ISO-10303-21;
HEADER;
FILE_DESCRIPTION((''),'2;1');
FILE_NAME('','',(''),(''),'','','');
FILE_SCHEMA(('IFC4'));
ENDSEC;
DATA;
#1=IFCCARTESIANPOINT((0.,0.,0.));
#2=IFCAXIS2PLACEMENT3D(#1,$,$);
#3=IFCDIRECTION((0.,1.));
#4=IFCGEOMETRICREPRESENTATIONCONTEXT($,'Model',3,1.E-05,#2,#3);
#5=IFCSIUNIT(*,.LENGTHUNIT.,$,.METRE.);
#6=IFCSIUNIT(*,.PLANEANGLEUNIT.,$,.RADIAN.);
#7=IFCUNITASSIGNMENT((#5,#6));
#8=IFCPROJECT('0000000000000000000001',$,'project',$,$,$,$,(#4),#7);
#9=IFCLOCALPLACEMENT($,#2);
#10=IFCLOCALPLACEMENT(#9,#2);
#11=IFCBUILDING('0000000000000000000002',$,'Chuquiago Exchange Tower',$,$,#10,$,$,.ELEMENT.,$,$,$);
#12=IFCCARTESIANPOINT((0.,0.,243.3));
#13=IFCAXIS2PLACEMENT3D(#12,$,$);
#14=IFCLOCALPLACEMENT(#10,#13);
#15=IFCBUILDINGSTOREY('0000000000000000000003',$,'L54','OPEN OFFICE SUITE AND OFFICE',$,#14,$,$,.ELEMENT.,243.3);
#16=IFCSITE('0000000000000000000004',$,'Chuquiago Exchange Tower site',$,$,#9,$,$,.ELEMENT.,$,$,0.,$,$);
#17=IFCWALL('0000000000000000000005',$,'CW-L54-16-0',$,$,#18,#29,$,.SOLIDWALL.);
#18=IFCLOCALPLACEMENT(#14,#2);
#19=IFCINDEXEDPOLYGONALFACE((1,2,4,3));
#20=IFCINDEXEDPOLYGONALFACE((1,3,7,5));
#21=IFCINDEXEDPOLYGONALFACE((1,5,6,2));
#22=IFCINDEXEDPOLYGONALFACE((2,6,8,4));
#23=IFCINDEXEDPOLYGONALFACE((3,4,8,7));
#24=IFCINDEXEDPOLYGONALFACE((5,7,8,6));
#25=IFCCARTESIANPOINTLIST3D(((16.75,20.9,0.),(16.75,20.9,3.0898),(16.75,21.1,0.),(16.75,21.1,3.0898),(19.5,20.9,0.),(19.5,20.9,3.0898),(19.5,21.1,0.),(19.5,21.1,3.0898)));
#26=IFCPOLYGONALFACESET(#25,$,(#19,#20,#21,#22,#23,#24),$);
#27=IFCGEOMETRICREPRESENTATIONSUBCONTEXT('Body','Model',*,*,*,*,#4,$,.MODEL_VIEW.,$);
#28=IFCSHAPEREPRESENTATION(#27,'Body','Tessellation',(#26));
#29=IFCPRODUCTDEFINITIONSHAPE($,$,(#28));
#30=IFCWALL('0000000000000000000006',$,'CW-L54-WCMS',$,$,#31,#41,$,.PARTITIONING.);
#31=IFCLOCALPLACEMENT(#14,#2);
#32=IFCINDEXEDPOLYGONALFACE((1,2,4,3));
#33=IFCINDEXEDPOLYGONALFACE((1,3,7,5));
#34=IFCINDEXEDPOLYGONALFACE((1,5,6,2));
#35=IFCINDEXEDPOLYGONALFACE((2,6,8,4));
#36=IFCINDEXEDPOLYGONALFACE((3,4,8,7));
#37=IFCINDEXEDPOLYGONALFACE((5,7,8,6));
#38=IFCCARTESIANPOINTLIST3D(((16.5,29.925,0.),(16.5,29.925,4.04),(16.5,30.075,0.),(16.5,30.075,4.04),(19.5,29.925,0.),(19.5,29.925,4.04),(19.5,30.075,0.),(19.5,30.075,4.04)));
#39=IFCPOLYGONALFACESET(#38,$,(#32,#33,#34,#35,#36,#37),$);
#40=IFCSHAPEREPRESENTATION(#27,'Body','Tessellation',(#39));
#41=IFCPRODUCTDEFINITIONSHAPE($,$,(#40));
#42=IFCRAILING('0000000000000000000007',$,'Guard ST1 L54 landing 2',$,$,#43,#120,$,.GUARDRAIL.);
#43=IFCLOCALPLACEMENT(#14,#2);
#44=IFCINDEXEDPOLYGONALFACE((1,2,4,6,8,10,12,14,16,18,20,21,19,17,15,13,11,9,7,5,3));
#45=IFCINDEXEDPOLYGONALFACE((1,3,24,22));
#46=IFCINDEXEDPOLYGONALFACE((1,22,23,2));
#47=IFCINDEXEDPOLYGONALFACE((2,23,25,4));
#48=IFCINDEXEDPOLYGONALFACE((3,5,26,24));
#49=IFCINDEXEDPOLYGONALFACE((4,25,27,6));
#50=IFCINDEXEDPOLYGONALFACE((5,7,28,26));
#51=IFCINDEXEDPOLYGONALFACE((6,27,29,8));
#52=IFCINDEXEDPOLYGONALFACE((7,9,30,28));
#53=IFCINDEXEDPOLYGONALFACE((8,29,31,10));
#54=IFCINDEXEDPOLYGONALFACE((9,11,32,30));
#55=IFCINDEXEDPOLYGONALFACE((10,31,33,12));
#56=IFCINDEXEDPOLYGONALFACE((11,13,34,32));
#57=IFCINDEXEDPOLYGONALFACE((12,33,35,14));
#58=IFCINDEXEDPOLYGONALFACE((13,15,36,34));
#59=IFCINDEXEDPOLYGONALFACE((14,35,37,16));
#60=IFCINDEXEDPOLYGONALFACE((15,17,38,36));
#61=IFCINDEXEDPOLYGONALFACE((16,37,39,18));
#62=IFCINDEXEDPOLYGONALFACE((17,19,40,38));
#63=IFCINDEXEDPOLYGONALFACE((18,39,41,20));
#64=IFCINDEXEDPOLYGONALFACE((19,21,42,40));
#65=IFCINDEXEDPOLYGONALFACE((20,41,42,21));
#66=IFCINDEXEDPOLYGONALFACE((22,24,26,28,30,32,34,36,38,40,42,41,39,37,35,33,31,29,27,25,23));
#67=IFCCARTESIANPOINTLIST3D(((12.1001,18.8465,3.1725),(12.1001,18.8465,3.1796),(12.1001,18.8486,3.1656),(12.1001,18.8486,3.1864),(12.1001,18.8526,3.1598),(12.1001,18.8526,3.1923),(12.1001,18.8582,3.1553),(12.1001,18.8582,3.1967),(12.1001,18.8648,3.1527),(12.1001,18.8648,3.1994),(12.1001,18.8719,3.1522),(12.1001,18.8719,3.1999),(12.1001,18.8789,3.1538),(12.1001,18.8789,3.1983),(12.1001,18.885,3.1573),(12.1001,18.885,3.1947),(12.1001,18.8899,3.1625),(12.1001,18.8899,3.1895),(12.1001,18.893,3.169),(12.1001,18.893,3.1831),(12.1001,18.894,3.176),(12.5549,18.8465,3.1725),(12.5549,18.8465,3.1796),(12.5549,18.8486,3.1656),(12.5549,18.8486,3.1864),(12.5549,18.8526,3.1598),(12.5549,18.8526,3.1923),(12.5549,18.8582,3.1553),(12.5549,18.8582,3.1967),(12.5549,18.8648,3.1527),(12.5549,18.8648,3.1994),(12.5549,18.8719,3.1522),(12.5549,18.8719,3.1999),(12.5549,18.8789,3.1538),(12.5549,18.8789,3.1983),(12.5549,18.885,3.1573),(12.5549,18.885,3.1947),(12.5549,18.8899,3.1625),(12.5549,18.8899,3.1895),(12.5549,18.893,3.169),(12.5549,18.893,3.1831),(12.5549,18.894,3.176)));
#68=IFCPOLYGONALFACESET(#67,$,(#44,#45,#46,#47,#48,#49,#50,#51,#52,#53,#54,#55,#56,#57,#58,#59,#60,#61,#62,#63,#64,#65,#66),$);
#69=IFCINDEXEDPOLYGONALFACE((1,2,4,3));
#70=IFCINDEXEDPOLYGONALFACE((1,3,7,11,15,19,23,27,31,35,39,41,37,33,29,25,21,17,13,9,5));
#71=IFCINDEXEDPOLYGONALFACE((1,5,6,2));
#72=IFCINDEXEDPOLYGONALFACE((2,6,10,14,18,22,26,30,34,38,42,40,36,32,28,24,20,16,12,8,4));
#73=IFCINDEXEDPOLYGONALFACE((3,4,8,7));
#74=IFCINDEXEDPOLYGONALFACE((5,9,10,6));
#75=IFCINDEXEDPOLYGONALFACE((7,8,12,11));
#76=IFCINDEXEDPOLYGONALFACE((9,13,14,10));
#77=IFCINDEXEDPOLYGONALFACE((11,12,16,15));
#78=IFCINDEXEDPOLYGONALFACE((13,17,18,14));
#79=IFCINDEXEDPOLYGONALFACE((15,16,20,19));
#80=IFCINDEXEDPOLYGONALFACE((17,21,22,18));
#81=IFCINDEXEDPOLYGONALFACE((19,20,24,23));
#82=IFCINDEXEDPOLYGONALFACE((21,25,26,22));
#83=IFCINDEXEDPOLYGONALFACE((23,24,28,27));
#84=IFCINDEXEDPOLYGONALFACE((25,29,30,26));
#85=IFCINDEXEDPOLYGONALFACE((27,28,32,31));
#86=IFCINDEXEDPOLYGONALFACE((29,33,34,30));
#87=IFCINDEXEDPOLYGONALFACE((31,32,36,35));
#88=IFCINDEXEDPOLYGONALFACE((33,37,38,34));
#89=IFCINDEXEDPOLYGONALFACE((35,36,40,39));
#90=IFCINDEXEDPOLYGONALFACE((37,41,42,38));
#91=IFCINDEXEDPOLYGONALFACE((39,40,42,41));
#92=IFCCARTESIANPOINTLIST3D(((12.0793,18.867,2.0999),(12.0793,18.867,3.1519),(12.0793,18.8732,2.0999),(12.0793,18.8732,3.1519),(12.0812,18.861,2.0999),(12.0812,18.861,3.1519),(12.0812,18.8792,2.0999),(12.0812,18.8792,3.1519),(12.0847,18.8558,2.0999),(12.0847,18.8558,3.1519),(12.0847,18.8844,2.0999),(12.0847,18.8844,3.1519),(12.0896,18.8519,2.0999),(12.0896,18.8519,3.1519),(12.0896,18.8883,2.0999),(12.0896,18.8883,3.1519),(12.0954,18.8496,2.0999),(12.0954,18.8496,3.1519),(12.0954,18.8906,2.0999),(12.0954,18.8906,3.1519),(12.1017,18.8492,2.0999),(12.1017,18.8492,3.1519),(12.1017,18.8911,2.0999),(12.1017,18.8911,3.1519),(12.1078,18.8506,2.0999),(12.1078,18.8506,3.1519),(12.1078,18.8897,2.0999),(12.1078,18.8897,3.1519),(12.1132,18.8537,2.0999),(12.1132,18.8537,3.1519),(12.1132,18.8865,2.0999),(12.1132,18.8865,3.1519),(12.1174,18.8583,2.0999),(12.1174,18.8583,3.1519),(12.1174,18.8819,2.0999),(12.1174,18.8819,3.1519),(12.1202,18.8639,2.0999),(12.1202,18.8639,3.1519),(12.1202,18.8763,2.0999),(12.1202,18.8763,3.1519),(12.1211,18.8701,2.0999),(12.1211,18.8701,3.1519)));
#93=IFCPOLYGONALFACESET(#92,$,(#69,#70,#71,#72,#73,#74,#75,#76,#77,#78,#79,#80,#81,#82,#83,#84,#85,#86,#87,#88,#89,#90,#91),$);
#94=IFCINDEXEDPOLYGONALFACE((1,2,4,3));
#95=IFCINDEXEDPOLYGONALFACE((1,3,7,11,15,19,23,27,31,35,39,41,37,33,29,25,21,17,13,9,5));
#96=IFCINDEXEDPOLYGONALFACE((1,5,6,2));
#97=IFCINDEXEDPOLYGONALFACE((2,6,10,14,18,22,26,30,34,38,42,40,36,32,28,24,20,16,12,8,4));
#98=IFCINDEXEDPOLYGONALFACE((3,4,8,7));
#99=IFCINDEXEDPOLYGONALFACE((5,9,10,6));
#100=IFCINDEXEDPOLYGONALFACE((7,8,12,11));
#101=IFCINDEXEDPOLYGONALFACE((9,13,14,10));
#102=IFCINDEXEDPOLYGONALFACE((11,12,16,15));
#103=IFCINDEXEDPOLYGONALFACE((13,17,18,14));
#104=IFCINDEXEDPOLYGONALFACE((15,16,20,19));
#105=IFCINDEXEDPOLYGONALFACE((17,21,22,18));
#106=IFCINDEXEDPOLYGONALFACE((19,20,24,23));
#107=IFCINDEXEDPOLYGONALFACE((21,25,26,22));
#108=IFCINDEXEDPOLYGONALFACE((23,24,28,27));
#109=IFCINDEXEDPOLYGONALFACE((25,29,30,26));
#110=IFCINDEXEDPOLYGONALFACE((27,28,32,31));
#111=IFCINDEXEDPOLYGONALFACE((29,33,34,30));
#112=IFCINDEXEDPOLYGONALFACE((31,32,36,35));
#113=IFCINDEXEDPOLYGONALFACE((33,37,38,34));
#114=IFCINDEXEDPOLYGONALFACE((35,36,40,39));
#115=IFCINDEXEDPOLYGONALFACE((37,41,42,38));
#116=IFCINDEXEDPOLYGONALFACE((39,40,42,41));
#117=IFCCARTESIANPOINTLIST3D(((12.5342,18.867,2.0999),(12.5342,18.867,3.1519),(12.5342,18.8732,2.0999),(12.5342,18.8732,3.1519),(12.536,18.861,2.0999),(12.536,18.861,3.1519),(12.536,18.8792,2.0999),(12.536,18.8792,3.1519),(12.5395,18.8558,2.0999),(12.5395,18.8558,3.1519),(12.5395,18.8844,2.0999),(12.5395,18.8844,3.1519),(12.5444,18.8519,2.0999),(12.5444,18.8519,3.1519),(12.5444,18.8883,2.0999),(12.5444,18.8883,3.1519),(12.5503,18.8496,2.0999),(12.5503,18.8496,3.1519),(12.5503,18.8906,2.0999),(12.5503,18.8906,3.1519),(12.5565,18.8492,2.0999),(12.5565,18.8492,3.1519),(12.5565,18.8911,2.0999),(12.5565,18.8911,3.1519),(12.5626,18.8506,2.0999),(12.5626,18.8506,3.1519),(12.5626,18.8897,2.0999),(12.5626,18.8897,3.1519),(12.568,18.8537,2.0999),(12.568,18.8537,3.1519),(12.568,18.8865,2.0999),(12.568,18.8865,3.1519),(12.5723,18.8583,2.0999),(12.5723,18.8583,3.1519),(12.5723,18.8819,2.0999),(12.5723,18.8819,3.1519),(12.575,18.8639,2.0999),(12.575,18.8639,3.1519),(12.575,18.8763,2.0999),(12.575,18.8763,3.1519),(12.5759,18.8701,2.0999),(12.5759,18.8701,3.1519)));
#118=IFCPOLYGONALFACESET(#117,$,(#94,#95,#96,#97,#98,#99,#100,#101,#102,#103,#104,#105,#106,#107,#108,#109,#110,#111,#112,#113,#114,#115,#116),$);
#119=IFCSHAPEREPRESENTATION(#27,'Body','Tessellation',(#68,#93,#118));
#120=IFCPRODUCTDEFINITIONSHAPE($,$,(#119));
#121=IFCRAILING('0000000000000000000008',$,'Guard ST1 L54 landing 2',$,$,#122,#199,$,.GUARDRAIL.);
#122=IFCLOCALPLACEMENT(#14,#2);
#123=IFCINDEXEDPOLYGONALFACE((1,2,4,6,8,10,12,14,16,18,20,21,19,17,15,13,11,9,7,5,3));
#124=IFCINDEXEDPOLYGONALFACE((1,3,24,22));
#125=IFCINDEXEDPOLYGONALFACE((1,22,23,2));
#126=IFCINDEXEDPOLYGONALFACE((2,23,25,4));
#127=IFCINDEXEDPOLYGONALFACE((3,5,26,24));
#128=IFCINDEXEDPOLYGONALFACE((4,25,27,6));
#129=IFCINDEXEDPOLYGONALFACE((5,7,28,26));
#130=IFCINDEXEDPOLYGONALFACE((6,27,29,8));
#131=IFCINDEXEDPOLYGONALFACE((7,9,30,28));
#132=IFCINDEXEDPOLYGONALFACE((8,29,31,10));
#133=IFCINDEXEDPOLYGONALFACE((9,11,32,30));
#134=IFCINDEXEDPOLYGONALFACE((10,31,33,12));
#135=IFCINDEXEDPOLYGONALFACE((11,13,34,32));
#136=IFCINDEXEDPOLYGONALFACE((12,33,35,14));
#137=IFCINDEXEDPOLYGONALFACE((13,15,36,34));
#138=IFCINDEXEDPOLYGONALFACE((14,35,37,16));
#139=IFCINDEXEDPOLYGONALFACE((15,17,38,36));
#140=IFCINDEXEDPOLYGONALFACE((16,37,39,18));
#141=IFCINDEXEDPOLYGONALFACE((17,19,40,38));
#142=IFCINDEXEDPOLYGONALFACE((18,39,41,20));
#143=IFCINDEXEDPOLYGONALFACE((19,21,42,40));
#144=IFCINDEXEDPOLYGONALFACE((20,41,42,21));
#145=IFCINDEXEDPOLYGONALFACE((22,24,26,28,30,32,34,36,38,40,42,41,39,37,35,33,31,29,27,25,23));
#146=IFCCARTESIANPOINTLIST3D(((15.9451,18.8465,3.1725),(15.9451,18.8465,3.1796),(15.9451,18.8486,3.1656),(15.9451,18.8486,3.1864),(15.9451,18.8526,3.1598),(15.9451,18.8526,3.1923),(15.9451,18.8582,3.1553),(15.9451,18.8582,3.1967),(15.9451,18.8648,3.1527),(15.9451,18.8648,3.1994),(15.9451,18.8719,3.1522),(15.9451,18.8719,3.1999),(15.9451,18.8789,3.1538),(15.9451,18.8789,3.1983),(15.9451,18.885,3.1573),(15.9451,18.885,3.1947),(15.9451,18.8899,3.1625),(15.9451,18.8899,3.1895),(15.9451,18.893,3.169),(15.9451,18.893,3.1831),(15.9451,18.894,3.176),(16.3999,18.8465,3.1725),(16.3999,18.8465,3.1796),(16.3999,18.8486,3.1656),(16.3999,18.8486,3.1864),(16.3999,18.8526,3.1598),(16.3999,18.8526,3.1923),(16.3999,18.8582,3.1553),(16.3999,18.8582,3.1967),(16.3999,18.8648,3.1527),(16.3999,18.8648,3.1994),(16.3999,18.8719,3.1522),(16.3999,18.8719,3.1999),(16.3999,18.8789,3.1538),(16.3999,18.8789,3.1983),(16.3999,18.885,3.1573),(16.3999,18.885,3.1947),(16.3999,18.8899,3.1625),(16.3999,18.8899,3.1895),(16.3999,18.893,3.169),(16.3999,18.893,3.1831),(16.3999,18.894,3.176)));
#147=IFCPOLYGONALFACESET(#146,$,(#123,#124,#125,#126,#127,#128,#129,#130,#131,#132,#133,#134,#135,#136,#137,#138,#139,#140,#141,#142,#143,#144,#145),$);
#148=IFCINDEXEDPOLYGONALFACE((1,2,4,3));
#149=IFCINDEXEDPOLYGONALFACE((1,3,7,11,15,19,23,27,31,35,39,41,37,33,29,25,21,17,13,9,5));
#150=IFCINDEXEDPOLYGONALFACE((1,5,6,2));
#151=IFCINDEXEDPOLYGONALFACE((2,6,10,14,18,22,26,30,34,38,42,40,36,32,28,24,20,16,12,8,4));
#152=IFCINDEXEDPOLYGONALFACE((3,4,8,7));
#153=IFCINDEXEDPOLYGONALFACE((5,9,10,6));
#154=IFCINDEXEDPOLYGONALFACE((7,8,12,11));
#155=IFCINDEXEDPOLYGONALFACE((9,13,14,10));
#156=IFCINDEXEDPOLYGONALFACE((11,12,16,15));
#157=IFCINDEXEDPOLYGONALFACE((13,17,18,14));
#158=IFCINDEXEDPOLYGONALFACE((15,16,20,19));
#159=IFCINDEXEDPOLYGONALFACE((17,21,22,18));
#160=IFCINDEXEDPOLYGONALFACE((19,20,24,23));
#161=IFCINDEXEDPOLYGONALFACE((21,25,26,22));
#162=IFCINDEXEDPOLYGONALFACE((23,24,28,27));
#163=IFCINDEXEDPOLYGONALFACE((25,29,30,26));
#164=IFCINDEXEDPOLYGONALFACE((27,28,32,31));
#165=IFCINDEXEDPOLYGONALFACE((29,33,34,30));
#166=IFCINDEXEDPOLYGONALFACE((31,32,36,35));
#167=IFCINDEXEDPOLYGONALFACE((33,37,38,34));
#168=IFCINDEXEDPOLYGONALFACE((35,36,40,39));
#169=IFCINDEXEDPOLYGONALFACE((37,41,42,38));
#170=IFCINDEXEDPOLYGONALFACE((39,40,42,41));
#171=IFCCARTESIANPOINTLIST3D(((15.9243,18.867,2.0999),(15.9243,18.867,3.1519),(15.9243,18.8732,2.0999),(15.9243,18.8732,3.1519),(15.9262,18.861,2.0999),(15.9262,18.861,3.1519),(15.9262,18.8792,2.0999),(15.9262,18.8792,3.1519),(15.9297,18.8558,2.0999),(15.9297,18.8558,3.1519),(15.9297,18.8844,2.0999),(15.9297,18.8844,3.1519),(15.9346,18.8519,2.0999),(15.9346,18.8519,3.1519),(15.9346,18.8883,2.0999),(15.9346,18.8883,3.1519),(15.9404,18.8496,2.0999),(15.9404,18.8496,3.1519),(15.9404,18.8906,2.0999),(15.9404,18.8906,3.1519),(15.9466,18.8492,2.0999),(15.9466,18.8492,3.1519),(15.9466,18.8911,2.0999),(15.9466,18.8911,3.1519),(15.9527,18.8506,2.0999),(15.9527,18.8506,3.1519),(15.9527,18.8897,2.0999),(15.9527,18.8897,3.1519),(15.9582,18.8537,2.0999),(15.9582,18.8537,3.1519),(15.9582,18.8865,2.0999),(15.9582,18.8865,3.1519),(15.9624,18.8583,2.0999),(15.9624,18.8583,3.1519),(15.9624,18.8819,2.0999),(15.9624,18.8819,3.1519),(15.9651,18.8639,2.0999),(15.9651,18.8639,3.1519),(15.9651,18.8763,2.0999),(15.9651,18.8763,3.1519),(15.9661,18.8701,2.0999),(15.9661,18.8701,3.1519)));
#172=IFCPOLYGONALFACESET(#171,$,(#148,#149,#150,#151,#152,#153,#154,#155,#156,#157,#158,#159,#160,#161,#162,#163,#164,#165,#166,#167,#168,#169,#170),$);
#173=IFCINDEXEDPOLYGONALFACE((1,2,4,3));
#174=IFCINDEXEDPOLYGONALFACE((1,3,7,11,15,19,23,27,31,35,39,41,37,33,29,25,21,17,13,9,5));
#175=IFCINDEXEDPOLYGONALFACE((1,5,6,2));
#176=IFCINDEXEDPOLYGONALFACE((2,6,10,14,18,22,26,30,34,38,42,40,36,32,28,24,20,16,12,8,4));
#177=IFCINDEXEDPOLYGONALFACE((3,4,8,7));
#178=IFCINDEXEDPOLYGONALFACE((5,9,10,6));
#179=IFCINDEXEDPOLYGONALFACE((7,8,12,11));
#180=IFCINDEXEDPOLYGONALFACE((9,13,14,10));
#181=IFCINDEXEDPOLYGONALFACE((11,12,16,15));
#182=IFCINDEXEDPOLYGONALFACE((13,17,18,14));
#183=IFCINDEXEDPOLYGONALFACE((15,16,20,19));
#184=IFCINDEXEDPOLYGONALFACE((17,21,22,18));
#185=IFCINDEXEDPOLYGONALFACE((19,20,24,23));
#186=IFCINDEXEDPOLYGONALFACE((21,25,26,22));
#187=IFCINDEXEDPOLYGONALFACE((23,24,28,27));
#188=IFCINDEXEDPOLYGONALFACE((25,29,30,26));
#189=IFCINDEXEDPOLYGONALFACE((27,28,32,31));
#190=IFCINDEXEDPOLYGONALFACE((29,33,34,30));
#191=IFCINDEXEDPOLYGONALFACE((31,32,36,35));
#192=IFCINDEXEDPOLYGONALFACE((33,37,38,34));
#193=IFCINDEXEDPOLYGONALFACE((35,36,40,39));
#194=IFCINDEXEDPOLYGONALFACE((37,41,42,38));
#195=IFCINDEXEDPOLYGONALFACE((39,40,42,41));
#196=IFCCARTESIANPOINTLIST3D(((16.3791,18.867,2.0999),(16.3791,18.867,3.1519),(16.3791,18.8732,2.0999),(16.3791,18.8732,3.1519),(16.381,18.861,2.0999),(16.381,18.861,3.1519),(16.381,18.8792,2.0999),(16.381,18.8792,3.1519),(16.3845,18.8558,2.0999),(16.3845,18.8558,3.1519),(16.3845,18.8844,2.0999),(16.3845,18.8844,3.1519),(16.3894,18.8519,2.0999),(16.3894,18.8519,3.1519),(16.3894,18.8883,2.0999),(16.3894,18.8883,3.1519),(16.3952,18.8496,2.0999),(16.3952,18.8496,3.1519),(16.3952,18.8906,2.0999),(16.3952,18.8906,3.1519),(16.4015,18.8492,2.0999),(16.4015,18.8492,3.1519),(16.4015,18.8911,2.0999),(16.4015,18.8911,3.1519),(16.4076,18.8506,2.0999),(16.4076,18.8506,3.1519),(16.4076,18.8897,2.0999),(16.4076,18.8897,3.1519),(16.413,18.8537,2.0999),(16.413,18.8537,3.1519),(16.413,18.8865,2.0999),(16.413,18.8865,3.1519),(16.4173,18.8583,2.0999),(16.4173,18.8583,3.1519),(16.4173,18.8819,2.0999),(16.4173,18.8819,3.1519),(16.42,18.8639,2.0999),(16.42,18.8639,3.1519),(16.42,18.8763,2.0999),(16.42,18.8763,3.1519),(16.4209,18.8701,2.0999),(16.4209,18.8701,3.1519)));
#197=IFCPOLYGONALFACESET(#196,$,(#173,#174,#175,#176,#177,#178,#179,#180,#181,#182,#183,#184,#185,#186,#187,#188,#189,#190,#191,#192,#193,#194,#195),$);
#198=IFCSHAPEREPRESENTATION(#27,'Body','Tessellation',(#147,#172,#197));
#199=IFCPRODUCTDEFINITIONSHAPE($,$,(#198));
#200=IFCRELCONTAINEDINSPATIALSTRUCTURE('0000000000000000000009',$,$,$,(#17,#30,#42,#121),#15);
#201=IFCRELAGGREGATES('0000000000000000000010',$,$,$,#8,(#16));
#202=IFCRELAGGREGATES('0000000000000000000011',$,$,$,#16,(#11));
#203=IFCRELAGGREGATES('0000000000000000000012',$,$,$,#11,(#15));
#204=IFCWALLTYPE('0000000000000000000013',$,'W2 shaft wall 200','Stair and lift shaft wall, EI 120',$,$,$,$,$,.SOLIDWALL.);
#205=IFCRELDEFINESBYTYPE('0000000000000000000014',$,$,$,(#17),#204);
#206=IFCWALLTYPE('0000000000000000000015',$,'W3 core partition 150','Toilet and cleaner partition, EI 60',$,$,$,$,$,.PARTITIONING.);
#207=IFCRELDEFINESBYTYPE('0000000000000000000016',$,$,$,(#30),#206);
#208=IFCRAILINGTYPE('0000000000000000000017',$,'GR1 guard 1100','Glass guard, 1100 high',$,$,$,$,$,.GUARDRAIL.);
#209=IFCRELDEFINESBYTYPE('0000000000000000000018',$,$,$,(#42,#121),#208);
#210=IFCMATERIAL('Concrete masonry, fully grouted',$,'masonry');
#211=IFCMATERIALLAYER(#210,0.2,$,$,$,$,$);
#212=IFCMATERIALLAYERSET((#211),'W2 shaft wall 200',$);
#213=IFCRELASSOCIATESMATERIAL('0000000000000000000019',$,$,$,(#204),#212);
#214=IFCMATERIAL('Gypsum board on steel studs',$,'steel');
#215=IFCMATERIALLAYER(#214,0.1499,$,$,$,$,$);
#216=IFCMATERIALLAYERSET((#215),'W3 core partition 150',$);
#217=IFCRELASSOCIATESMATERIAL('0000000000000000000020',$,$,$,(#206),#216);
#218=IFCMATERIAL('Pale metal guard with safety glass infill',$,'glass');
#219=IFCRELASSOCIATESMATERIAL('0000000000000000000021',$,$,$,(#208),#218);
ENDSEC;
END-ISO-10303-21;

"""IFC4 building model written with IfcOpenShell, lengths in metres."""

from ifc_helpers import new_model, si_unit, direction, frame, frame_2d, origin, origin_2d, place, context, subcontext, project, spatial, rectangle, circle, extrude, material, layer, layer_set, type_object, element, save


model = new_model("IFC4")

# Units and contexts
model_context = context("Model", 3, precision=1e-05, world=origin(), true_north=direction((0.0, 1.0)))
body_context = subcontext(model_context, "Body", "Model", "MODEL_VIEW")
ifc_project = project(units=[si_unit("LENGTHUNIT", "METRE"), si_unit("PLANEANGLEUNIT", "RADIAN")], contexts=[model_context])

# Site, building, storey
site_placement = place(None, origin())
site = spatial("IfcSite", under=ifc_project, at=site_placement, Name="Chuquiago Exchange Tower site", CompositionType="ELEMENT", RefElevation=0.0)
building_placement = place(site_placement, origin())
building = spatial("IfcBuilding", under=site, at=building_placement, Name="Chuquiago Exchange Tower", CompositionType="ELEMENT")
storey_placement = place(building_placement, frame((0.0, 0.0, 243.3)))
storey = spatial("IfcBuildingStorey", under=building, at=storey_placement, Name="L54", Description="OPEN OFFICE SUITE AND OFFICE", CompositionType="ELEMENT", Elevation=243.3)

# Shared definitions
ifc_material_1 = material(Name="Concrete masonry, fully grouted", Category="masonry")
ifc_layer_1 = layer(ifc_material_1, 0.2)
ifc_layer_set_1 = layer_set([ifc_layer_1], Name="W2 shaft wall 200")
wall_type_1 = type_object("IfcWallType", Name="W2 shaft wall 200", Description="Stair and lift shaft wall, EI 120", PredefinedType="SOLIDWALL", material=ifc_layer_set_1)

# Walls
wall_1_placement = place(storey_placement, frame((16.75, 21.0, 0.0), z_axis=(0.0, 0.0, 1.0), x_axis=(1.0, 0.0, 0.0)))
element("IfcWall", 1, at=wall_1_placement, inside=storey, type_object=wall_type_1, Name="CW-L54-16-0", PredefinedType="SOLIDWALL", context=body_context, shape_type="SweptSolid", body=[
    extrude(rectangle(XDim=2.75, YDim=0.2, at=frame_2d((1.375, 0.0))), origin(), (0.0, 0.0, 1.0), 3.0898),
])
ifc_material_2 = material(Name="Gypsum board on steel studs", Category="steel")
ifc_layer_2 = layer(ifc_material_2, 0.1499)
ifc_layer_set_2 = layer_set([ifc_layer_2], Name="W3 core partition 150")
wall_type_2 = type_object("IfcWallType", Name="W3 core partition 150", Description="Toilet and cleaner partition, EI 60", PredefinedType="PARTITIONING", material=ifc_layer_set_2)
wall_2_placement = place(storey_placement, frame((16.5, 30.0, 0.0), z_axis=(0.0, 0.0, 1.0), x_axis=(1.0, 0.0, 0.0)))
element("IfcWall", 2, at=wall_2_placement, inside=storey, type_object=wall_type_2, Name="CW-L54-WCMS", PredefinedType="PARTITIONING", context=body_context, shape_type="SweptSolid", body=[
    extrude(rectangle(XDim=3.0, YDim=0.1499, at=frame_2d((1.5, 0.0))), origin(), (0.0, 0.0, 1.0), 4.04),
])

# Railings
ifc_material_3 = material(Name="Pale metal guard with safety glass infill", Category="glass")
railing_type_1 = type_object("IfcRailingType", Name="GR1 guard 1100", Description="Glass guard, 1100 high", PredefinedType="GUARDRAIL", material=ifc_material_3)
for number, where, name in (
    (3, (12.1001, 18.8701, 2.0999), "Guard ST1 L54 landing 2"),
    (4, (15.9451, 18.8701, 2.0999), "Guard ST1 L54 landing 2"),
):
    element("IfcRailing", number, at=place(storey_placement, frame(where)), inside=storey, type_object=railing_type_1, Name=name, PredefinedType="GUARDRAIL", context=body_context, shape_type="SweptSolid", body=[
        extrude(circle(Radius=0.0239, at=origin_2d()), frame((0.0, 0.0, 1.0762), z_axis=(1.0, 0.0, 0.0), x_axis=(0.0, 1.0, 0.0)), (0.0, 0.0, 1.0), 0.4548),
        extrude(circle(Radius=0.021, at=origin_2d()), origin(), (0.0, 0.0, 1.0), 1.052),
        extrude(circle(Radius=0.021, at=origin_2d()), frame((0.4548, 0.0, 0.0)), (0.0, 0.0, 1.0), 1.052),
    ])

save(model, "model.ifc")
